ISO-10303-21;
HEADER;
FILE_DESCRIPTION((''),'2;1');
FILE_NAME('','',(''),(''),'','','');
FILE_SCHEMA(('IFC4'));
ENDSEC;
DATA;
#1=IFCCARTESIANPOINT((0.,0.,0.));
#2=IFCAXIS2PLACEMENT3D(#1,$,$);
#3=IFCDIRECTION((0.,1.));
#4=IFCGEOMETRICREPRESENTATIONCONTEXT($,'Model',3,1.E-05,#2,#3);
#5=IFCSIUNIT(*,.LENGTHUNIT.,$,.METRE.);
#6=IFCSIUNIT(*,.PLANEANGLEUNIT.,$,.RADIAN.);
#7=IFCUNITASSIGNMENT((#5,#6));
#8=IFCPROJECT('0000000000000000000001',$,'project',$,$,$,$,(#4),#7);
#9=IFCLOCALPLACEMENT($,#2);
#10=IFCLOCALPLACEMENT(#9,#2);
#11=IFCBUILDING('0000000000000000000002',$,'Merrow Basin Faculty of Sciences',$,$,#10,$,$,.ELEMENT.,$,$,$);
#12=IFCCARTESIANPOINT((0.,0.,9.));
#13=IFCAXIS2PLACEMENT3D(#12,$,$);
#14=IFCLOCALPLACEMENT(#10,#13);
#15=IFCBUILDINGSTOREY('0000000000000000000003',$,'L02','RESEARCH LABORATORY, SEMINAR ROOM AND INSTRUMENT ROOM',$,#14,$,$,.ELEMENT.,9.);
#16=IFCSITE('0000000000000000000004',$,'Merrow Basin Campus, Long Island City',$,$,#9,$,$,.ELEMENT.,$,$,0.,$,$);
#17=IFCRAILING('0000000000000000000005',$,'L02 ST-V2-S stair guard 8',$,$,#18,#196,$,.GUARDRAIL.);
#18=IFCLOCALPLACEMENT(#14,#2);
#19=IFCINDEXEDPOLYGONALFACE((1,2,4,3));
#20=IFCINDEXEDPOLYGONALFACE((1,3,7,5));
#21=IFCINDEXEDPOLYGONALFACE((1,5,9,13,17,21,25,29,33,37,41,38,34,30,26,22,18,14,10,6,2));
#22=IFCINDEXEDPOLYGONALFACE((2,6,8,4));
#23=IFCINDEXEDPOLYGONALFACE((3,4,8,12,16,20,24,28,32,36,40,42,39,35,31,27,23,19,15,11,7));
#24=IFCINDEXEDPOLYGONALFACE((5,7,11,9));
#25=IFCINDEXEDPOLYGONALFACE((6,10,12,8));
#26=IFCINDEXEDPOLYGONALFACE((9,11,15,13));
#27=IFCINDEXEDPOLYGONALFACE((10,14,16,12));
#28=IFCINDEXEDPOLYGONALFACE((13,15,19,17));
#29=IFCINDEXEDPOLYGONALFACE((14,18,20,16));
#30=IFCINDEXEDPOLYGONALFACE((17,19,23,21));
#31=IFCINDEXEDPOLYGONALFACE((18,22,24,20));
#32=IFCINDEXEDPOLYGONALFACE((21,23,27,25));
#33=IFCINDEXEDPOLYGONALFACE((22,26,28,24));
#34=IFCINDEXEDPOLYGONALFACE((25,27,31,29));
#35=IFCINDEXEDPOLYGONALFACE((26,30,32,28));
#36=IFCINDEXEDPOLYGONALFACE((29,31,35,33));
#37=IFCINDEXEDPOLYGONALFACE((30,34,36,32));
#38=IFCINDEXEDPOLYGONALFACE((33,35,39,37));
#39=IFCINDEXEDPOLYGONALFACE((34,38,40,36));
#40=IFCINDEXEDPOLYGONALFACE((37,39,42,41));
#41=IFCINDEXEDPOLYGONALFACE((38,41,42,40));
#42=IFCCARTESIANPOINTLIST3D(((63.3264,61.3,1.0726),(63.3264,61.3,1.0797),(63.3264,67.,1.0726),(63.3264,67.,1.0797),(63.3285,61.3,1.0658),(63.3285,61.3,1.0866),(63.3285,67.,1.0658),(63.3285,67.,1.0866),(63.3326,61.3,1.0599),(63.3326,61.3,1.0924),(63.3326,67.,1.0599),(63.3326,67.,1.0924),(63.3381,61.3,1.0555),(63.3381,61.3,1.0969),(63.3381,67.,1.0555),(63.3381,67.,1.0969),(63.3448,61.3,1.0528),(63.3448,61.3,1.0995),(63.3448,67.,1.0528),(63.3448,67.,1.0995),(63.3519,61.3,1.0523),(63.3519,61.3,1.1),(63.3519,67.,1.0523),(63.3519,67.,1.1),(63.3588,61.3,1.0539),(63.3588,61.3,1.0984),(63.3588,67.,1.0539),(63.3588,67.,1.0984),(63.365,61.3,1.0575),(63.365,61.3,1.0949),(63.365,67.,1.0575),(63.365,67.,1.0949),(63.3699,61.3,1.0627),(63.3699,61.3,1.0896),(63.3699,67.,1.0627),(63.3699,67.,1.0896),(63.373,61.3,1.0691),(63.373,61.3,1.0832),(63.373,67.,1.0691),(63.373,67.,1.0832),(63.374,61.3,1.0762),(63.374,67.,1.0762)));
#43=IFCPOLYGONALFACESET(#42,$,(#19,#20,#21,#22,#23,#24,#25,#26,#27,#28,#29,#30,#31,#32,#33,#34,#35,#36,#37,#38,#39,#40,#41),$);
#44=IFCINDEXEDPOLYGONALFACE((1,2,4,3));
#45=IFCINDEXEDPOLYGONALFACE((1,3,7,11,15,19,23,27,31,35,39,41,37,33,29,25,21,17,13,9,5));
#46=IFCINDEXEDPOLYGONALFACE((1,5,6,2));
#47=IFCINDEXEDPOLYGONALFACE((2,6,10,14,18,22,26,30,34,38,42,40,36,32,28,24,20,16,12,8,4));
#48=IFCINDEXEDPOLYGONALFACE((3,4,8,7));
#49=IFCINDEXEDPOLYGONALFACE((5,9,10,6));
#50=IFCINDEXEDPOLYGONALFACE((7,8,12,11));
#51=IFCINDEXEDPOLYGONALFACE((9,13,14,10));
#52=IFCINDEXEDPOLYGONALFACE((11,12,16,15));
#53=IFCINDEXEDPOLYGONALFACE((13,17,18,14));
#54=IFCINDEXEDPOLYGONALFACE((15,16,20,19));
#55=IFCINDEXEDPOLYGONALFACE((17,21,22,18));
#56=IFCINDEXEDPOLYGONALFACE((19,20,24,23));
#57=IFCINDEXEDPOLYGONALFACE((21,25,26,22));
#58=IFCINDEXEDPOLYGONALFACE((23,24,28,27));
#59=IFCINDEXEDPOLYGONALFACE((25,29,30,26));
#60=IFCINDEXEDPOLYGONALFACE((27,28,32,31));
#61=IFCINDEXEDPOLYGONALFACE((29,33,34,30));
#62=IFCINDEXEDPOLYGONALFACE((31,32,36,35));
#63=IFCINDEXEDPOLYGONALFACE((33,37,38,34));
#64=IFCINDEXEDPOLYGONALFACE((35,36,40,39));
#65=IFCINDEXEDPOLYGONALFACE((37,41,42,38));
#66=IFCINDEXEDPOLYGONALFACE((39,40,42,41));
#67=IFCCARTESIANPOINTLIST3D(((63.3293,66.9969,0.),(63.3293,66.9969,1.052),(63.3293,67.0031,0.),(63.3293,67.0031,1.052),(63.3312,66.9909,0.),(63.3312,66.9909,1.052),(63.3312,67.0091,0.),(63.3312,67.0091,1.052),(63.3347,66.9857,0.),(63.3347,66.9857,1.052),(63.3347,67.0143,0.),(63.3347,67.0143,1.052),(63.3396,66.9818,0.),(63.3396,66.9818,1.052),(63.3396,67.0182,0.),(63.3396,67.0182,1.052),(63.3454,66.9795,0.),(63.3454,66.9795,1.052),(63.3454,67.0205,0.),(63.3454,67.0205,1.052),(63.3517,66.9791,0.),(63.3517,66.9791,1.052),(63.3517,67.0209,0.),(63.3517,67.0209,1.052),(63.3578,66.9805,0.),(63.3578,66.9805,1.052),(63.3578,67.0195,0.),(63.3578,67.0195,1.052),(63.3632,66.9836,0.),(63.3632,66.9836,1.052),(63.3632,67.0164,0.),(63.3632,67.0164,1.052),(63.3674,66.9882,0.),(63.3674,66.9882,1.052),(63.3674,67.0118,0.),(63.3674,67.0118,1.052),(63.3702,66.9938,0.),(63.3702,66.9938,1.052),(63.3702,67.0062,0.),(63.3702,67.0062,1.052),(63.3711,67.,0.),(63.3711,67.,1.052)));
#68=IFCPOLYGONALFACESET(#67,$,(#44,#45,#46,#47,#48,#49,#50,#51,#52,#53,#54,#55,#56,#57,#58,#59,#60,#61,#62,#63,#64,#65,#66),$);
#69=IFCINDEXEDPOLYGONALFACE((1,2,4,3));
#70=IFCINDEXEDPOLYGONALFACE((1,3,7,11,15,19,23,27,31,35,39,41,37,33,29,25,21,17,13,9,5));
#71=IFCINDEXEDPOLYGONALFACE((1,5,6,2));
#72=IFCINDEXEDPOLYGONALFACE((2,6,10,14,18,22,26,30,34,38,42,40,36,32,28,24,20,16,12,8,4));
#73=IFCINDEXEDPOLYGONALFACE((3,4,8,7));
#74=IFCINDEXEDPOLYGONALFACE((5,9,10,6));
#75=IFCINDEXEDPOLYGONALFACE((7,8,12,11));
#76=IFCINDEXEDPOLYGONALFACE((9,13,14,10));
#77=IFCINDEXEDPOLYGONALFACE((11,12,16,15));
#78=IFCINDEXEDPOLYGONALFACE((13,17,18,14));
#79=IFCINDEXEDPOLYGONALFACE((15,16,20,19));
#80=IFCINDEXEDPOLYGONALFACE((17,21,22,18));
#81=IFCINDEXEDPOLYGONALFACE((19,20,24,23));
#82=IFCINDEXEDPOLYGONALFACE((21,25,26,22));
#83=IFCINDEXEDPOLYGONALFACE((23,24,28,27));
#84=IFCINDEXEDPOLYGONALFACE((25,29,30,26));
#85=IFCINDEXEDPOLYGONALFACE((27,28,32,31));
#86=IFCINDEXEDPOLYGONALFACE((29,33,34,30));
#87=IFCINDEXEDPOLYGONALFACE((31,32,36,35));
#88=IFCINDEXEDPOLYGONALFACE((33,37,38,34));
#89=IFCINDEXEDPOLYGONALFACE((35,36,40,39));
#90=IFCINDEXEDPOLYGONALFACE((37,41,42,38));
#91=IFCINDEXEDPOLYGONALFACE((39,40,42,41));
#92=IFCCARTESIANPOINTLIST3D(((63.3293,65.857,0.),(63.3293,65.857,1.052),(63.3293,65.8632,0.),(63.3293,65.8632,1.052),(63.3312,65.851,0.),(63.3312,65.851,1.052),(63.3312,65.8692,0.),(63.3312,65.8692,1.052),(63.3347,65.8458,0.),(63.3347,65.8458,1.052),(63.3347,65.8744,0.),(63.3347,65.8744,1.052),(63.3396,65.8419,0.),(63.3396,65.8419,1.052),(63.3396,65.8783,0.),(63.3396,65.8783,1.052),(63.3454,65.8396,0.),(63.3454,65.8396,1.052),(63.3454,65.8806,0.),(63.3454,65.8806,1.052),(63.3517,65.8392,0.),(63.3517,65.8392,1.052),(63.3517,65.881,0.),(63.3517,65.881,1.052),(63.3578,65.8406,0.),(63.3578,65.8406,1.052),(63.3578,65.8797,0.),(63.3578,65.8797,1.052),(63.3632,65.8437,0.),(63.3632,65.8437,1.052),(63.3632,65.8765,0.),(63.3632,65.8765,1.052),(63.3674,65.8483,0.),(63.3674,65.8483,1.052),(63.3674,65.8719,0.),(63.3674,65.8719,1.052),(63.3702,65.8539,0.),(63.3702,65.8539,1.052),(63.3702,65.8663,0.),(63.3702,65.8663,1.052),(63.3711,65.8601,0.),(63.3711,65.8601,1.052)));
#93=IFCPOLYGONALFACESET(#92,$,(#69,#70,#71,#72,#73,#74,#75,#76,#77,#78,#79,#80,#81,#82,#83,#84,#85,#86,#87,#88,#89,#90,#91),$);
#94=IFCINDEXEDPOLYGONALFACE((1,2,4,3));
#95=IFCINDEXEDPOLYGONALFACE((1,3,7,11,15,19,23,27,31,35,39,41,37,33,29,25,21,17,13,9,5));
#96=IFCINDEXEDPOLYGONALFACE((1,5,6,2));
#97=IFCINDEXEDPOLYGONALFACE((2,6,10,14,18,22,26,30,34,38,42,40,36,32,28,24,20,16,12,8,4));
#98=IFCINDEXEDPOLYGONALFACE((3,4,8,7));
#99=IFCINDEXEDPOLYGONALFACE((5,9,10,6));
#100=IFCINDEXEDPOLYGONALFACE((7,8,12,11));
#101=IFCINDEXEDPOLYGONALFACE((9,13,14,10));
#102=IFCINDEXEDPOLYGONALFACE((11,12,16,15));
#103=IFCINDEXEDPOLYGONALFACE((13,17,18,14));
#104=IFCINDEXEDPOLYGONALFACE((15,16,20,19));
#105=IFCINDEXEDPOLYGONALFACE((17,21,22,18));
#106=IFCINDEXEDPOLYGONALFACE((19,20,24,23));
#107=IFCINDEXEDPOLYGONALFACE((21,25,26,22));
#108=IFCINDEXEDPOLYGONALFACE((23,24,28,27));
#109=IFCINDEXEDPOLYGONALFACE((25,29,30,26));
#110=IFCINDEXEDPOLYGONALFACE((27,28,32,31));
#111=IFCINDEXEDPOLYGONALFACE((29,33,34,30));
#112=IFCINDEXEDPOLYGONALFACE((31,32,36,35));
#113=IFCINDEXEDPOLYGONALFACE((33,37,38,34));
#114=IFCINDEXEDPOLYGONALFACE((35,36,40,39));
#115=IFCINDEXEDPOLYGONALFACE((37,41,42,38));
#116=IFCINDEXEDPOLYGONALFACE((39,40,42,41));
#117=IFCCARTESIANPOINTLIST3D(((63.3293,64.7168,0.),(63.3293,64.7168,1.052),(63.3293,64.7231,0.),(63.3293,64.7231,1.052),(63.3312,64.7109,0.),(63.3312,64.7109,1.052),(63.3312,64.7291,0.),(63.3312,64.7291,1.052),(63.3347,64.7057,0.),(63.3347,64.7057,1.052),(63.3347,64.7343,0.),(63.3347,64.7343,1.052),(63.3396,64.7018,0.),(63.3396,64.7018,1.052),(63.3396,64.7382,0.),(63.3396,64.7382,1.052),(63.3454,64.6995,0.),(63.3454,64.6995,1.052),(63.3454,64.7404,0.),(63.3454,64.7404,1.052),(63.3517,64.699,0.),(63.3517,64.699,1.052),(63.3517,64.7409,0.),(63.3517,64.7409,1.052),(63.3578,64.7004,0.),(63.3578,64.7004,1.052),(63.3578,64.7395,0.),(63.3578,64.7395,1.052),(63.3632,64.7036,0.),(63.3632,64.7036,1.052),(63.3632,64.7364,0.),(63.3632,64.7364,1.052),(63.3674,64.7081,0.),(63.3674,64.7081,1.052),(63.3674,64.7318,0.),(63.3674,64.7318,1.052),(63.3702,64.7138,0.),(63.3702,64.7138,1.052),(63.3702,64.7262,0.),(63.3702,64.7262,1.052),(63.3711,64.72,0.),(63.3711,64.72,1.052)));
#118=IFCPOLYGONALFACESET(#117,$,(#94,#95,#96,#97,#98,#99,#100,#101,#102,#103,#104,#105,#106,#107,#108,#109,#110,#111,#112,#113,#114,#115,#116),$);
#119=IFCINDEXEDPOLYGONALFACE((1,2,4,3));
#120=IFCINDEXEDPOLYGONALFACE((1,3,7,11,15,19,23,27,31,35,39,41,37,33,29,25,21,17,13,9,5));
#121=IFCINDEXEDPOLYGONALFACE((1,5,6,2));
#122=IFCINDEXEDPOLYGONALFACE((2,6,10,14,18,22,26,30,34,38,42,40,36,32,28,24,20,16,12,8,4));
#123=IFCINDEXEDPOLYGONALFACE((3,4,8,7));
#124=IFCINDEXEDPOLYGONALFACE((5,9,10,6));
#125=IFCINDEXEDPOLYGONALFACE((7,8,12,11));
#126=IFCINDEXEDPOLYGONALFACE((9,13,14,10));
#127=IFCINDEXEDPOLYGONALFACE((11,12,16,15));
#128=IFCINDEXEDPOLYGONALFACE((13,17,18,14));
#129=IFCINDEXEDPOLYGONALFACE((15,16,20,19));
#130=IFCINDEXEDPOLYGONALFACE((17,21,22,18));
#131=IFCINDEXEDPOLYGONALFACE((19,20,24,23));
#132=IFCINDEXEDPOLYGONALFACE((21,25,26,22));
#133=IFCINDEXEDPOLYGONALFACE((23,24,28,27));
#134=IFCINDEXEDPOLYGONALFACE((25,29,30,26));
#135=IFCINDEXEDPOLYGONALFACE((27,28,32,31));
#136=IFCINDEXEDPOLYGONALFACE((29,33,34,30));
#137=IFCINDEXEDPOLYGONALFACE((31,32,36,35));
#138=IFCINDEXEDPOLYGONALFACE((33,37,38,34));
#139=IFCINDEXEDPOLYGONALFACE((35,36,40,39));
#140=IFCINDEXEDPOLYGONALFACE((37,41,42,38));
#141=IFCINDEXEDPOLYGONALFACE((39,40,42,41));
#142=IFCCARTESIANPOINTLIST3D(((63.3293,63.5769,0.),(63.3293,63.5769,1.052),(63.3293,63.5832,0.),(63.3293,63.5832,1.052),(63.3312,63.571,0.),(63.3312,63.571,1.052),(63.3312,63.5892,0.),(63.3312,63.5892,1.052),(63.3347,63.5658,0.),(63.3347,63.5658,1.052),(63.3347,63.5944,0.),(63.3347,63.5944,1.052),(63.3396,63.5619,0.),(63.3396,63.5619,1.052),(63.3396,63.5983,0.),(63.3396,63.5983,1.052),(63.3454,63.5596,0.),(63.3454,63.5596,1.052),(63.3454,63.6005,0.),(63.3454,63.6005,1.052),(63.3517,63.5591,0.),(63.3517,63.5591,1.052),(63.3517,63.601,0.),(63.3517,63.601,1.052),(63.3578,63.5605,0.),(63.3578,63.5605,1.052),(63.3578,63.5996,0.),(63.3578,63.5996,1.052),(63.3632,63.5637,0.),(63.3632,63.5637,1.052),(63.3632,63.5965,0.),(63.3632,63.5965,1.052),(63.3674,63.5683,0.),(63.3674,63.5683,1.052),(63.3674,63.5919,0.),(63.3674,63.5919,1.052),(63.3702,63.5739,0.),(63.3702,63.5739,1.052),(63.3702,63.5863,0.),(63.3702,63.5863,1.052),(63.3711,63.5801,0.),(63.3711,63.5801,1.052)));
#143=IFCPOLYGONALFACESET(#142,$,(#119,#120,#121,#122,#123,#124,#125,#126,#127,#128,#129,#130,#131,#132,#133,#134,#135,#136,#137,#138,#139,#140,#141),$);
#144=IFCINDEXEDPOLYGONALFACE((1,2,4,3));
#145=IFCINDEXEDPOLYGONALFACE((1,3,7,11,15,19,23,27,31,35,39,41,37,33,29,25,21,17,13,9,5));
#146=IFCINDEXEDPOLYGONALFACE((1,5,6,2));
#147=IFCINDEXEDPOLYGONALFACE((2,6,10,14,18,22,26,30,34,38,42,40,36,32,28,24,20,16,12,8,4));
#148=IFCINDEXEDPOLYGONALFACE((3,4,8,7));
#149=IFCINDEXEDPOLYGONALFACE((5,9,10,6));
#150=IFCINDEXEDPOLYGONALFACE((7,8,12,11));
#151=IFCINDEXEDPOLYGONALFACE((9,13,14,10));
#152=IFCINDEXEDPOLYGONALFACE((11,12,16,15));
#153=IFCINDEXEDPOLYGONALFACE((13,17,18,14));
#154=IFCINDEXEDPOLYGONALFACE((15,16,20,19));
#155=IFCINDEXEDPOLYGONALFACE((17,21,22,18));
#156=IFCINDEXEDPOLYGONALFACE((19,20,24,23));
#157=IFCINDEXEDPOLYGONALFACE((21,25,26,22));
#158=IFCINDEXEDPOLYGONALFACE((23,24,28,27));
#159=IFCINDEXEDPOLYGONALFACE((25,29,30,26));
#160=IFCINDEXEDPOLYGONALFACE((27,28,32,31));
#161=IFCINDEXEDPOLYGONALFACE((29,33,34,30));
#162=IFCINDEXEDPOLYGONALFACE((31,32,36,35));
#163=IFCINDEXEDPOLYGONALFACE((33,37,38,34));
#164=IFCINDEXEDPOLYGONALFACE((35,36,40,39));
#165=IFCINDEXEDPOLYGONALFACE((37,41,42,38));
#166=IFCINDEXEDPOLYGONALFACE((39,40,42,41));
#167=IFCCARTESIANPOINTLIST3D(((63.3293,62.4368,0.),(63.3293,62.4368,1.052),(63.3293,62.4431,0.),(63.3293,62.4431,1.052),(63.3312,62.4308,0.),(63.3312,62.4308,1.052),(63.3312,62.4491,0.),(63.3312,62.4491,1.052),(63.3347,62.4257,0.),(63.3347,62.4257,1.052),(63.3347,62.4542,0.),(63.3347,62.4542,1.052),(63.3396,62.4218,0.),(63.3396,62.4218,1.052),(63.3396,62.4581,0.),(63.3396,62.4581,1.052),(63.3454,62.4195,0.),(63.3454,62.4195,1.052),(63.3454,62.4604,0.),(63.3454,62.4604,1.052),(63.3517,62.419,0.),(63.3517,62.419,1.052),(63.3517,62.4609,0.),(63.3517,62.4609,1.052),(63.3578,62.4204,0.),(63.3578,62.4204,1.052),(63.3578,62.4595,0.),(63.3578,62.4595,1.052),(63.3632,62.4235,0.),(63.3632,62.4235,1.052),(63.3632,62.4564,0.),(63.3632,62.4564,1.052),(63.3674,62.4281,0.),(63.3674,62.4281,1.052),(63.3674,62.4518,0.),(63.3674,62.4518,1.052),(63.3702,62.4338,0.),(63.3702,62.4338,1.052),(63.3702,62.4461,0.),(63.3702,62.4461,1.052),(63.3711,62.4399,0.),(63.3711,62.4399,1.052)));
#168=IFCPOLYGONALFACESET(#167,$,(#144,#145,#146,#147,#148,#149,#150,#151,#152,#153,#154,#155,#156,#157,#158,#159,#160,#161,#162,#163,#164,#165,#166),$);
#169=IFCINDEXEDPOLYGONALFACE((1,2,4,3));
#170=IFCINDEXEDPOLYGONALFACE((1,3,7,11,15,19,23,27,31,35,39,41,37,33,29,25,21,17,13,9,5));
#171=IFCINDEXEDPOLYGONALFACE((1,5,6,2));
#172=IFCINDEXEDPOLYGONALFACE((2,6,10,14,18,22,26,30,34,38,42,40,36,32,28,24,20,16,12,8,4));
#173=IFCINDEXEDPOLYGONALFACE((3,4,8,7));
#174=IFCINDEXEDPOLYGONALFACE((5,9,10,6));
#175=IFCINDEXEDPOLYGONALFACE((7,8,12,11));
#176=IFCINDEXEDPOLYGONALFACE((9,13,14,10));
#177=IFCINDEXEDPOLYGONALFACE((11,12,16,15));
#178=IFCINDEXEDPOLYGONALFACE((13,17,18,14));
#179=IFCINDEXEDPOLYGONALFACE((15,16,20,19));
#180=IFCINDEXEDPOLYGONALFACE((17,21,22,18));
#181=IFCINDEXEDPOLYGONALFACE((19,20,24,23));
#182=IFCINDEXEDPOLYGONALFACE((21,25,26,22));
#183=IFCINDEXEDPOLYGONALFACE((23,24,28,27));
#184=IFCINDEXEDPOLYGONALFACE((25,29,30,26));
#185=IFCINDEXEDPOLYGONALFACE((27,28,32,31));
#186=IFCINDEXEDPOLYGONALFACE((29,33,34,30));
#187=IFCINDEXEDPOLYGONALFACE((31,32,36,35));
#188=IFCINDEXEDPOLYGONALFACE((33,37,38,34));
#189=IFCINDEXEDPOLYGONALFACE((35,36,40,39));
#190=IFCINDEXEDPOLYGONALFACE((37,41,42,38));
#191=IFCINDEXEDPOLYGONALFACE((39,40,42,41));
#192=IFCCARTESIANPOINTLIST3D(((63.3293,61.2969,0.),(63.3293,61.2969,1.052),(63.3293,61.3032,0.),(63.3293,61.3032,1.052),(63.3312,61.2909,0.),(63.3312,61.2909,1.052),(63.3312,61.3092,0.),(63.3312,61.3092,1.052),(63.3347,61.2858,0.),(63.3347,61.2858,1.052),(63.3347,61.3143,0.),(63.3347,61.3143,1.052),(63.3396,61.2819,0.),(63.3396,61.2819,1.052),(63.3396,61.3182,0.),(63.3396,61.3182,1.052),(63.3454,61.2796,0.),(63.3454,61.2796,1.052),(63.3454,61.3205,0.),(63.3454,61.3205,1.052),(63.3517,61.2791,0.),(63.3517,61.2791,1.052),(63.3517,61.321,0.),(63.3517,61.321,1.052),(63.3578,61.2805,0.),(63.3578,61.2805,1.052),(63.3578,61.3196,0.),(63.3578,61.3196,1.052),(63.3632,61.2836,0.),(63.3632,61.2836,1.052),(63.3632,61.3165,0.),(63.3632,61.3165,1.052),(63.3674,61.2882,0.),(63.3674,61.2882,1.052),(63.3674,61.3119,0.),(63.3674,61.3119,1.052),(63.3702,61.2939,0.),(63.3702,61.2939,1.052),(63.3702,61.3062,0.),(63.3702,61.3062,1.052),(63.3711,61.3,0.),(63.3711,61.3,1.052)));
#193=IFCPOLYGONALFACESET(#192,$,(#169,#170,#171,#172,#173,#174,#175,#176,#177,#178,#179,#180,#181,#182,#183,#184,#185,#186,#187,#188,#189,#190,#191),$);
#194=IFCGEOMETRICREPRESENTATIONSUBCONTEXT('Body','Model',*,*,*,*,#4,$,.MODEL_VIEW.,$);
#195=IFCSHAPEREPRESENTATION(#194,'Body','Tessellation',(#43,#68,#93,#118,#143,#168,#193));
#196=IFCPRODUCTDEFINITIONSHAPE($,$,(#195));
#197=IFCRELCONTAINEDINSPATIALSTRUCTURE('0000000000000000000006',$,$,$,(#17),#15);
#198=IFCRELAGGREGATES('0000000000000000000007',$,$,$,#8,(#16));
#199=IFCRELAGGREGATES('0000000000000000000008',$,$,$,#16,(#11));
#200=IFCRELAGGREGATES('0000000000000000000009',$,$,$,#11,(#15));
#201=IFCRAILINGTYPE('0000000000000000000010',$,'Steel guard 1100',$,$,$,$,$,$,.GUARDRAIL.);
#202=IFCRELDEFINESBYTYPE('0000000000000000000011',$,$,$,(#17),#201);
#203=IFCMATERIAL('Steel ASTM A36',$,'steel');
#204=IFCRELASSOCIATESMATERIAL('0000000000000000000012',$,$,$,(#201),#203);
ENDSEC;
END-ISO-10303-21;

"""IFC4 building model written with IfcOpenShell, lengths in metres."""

from ifc_helpers import new_model, si_unit, direction, frame, origin, origin_2d, place, context, subcontext, project, spatial, circle, extrude, material, type_object, element, save


model = new_model("IFC4")

# Units and contexts
model_context = context("Model", 3, precision=1e-05, world=origin(), true_north=direction((0.0, 1.0)))
body_context = subcontext(model_context, "Body", "Model", "MODEL_VIEW")
ifc_project = project(units=[si_unit("LENGTHUNIT", "METRE"), si_unit("PLANEANGLEUNIT", "RADIAN")], contexts=[model_context])

# Site, building, storey
site_placement = place(None, origin())
site = spatial("IfcSite", under=ifc_project, at=site_placement, Name="Merrow Basin Campus, Long Island City", CompositionType="ELEMENT", RefElevation=0.0)
building_placement = place(site_placement, origin())
building = spatial("IfcBuilding", under=site, at=building_placement, Name="Merrow Basin Faculty of Sciences", CompositionType="ELEMENT")
storey_placement = place(building_placement, frame((0.0, 0.0, 9.0)))
storey = spatial("IfcBuildingStorey", under=building, at=storey_placement, Name="L02", Description="RESEARCH LABORATORY, SEMINAR ROOM AND INSTRUMENT ROOM", CompositionType="ELEMENT", Elevation=9.0)

# Railing
ifc_material_1 = material(Name="Steel ASTM A36", Category="steel")
railing_type = type_object("IfcRailingType", Name="Steel guard 1100", PredefinedType="GUARDRAIL", material=ifc_material_1)
railing_1_placement = place(storey_placement, frame((63.3501, 67.0, 0.0)))
element("IfcRailing", 1, at=railing_1_placement, inside=storey, type_object=railing_type, Name="L02 ST-V2-S stair guard 8", PredefinedType="GUARDRAIL", context=body_context, shape_type="SweptSolid", body=[
    extrude(circle(Radius=0.0239, at=origin_2d()), frame((0.0, 0.0, 1.0762), z_axis=(0.0, -1.0, 0.0), x_axis=(1.0, 0.0, 0.0)), (0.0, 0.0, 1.0), 5.7),
    extrude(circle(Radius=0.021, at=origin_2d()), origin(), (0.0, 0.0, 1.0), 1.052),
    extrude(circle(Radius=0.021, at=origin_2d()), frame((0.0, -1.1399, 0.0)), (0.0, 0.0, 1.0), 1.052),
    extrude(circle(Radius=0.021, at=origin_2d()), frame((0.0, -2.28, 0.0)), (0.0, 0.0, 1.0), 1.052),
    extrude(circle(Radius=0.021, at=origin_2d()), frame((0.0, -3.4199, 0.0)), (0.0, 0.0, 1.0), 1.052),
    extrude(circle(Radius=0.021, at=origin_2d()), frame((0.0, -4.5601, 0.0)), (0.0, 0.0, 1.0), 1.052),
    extrude(circle(Radius=0.021, at=origin_2d()), frame((0.0, -5.7, 0.0)), (0.0, 0.0, 1.0), 1.052),
])

save(model, "model.ifc")
